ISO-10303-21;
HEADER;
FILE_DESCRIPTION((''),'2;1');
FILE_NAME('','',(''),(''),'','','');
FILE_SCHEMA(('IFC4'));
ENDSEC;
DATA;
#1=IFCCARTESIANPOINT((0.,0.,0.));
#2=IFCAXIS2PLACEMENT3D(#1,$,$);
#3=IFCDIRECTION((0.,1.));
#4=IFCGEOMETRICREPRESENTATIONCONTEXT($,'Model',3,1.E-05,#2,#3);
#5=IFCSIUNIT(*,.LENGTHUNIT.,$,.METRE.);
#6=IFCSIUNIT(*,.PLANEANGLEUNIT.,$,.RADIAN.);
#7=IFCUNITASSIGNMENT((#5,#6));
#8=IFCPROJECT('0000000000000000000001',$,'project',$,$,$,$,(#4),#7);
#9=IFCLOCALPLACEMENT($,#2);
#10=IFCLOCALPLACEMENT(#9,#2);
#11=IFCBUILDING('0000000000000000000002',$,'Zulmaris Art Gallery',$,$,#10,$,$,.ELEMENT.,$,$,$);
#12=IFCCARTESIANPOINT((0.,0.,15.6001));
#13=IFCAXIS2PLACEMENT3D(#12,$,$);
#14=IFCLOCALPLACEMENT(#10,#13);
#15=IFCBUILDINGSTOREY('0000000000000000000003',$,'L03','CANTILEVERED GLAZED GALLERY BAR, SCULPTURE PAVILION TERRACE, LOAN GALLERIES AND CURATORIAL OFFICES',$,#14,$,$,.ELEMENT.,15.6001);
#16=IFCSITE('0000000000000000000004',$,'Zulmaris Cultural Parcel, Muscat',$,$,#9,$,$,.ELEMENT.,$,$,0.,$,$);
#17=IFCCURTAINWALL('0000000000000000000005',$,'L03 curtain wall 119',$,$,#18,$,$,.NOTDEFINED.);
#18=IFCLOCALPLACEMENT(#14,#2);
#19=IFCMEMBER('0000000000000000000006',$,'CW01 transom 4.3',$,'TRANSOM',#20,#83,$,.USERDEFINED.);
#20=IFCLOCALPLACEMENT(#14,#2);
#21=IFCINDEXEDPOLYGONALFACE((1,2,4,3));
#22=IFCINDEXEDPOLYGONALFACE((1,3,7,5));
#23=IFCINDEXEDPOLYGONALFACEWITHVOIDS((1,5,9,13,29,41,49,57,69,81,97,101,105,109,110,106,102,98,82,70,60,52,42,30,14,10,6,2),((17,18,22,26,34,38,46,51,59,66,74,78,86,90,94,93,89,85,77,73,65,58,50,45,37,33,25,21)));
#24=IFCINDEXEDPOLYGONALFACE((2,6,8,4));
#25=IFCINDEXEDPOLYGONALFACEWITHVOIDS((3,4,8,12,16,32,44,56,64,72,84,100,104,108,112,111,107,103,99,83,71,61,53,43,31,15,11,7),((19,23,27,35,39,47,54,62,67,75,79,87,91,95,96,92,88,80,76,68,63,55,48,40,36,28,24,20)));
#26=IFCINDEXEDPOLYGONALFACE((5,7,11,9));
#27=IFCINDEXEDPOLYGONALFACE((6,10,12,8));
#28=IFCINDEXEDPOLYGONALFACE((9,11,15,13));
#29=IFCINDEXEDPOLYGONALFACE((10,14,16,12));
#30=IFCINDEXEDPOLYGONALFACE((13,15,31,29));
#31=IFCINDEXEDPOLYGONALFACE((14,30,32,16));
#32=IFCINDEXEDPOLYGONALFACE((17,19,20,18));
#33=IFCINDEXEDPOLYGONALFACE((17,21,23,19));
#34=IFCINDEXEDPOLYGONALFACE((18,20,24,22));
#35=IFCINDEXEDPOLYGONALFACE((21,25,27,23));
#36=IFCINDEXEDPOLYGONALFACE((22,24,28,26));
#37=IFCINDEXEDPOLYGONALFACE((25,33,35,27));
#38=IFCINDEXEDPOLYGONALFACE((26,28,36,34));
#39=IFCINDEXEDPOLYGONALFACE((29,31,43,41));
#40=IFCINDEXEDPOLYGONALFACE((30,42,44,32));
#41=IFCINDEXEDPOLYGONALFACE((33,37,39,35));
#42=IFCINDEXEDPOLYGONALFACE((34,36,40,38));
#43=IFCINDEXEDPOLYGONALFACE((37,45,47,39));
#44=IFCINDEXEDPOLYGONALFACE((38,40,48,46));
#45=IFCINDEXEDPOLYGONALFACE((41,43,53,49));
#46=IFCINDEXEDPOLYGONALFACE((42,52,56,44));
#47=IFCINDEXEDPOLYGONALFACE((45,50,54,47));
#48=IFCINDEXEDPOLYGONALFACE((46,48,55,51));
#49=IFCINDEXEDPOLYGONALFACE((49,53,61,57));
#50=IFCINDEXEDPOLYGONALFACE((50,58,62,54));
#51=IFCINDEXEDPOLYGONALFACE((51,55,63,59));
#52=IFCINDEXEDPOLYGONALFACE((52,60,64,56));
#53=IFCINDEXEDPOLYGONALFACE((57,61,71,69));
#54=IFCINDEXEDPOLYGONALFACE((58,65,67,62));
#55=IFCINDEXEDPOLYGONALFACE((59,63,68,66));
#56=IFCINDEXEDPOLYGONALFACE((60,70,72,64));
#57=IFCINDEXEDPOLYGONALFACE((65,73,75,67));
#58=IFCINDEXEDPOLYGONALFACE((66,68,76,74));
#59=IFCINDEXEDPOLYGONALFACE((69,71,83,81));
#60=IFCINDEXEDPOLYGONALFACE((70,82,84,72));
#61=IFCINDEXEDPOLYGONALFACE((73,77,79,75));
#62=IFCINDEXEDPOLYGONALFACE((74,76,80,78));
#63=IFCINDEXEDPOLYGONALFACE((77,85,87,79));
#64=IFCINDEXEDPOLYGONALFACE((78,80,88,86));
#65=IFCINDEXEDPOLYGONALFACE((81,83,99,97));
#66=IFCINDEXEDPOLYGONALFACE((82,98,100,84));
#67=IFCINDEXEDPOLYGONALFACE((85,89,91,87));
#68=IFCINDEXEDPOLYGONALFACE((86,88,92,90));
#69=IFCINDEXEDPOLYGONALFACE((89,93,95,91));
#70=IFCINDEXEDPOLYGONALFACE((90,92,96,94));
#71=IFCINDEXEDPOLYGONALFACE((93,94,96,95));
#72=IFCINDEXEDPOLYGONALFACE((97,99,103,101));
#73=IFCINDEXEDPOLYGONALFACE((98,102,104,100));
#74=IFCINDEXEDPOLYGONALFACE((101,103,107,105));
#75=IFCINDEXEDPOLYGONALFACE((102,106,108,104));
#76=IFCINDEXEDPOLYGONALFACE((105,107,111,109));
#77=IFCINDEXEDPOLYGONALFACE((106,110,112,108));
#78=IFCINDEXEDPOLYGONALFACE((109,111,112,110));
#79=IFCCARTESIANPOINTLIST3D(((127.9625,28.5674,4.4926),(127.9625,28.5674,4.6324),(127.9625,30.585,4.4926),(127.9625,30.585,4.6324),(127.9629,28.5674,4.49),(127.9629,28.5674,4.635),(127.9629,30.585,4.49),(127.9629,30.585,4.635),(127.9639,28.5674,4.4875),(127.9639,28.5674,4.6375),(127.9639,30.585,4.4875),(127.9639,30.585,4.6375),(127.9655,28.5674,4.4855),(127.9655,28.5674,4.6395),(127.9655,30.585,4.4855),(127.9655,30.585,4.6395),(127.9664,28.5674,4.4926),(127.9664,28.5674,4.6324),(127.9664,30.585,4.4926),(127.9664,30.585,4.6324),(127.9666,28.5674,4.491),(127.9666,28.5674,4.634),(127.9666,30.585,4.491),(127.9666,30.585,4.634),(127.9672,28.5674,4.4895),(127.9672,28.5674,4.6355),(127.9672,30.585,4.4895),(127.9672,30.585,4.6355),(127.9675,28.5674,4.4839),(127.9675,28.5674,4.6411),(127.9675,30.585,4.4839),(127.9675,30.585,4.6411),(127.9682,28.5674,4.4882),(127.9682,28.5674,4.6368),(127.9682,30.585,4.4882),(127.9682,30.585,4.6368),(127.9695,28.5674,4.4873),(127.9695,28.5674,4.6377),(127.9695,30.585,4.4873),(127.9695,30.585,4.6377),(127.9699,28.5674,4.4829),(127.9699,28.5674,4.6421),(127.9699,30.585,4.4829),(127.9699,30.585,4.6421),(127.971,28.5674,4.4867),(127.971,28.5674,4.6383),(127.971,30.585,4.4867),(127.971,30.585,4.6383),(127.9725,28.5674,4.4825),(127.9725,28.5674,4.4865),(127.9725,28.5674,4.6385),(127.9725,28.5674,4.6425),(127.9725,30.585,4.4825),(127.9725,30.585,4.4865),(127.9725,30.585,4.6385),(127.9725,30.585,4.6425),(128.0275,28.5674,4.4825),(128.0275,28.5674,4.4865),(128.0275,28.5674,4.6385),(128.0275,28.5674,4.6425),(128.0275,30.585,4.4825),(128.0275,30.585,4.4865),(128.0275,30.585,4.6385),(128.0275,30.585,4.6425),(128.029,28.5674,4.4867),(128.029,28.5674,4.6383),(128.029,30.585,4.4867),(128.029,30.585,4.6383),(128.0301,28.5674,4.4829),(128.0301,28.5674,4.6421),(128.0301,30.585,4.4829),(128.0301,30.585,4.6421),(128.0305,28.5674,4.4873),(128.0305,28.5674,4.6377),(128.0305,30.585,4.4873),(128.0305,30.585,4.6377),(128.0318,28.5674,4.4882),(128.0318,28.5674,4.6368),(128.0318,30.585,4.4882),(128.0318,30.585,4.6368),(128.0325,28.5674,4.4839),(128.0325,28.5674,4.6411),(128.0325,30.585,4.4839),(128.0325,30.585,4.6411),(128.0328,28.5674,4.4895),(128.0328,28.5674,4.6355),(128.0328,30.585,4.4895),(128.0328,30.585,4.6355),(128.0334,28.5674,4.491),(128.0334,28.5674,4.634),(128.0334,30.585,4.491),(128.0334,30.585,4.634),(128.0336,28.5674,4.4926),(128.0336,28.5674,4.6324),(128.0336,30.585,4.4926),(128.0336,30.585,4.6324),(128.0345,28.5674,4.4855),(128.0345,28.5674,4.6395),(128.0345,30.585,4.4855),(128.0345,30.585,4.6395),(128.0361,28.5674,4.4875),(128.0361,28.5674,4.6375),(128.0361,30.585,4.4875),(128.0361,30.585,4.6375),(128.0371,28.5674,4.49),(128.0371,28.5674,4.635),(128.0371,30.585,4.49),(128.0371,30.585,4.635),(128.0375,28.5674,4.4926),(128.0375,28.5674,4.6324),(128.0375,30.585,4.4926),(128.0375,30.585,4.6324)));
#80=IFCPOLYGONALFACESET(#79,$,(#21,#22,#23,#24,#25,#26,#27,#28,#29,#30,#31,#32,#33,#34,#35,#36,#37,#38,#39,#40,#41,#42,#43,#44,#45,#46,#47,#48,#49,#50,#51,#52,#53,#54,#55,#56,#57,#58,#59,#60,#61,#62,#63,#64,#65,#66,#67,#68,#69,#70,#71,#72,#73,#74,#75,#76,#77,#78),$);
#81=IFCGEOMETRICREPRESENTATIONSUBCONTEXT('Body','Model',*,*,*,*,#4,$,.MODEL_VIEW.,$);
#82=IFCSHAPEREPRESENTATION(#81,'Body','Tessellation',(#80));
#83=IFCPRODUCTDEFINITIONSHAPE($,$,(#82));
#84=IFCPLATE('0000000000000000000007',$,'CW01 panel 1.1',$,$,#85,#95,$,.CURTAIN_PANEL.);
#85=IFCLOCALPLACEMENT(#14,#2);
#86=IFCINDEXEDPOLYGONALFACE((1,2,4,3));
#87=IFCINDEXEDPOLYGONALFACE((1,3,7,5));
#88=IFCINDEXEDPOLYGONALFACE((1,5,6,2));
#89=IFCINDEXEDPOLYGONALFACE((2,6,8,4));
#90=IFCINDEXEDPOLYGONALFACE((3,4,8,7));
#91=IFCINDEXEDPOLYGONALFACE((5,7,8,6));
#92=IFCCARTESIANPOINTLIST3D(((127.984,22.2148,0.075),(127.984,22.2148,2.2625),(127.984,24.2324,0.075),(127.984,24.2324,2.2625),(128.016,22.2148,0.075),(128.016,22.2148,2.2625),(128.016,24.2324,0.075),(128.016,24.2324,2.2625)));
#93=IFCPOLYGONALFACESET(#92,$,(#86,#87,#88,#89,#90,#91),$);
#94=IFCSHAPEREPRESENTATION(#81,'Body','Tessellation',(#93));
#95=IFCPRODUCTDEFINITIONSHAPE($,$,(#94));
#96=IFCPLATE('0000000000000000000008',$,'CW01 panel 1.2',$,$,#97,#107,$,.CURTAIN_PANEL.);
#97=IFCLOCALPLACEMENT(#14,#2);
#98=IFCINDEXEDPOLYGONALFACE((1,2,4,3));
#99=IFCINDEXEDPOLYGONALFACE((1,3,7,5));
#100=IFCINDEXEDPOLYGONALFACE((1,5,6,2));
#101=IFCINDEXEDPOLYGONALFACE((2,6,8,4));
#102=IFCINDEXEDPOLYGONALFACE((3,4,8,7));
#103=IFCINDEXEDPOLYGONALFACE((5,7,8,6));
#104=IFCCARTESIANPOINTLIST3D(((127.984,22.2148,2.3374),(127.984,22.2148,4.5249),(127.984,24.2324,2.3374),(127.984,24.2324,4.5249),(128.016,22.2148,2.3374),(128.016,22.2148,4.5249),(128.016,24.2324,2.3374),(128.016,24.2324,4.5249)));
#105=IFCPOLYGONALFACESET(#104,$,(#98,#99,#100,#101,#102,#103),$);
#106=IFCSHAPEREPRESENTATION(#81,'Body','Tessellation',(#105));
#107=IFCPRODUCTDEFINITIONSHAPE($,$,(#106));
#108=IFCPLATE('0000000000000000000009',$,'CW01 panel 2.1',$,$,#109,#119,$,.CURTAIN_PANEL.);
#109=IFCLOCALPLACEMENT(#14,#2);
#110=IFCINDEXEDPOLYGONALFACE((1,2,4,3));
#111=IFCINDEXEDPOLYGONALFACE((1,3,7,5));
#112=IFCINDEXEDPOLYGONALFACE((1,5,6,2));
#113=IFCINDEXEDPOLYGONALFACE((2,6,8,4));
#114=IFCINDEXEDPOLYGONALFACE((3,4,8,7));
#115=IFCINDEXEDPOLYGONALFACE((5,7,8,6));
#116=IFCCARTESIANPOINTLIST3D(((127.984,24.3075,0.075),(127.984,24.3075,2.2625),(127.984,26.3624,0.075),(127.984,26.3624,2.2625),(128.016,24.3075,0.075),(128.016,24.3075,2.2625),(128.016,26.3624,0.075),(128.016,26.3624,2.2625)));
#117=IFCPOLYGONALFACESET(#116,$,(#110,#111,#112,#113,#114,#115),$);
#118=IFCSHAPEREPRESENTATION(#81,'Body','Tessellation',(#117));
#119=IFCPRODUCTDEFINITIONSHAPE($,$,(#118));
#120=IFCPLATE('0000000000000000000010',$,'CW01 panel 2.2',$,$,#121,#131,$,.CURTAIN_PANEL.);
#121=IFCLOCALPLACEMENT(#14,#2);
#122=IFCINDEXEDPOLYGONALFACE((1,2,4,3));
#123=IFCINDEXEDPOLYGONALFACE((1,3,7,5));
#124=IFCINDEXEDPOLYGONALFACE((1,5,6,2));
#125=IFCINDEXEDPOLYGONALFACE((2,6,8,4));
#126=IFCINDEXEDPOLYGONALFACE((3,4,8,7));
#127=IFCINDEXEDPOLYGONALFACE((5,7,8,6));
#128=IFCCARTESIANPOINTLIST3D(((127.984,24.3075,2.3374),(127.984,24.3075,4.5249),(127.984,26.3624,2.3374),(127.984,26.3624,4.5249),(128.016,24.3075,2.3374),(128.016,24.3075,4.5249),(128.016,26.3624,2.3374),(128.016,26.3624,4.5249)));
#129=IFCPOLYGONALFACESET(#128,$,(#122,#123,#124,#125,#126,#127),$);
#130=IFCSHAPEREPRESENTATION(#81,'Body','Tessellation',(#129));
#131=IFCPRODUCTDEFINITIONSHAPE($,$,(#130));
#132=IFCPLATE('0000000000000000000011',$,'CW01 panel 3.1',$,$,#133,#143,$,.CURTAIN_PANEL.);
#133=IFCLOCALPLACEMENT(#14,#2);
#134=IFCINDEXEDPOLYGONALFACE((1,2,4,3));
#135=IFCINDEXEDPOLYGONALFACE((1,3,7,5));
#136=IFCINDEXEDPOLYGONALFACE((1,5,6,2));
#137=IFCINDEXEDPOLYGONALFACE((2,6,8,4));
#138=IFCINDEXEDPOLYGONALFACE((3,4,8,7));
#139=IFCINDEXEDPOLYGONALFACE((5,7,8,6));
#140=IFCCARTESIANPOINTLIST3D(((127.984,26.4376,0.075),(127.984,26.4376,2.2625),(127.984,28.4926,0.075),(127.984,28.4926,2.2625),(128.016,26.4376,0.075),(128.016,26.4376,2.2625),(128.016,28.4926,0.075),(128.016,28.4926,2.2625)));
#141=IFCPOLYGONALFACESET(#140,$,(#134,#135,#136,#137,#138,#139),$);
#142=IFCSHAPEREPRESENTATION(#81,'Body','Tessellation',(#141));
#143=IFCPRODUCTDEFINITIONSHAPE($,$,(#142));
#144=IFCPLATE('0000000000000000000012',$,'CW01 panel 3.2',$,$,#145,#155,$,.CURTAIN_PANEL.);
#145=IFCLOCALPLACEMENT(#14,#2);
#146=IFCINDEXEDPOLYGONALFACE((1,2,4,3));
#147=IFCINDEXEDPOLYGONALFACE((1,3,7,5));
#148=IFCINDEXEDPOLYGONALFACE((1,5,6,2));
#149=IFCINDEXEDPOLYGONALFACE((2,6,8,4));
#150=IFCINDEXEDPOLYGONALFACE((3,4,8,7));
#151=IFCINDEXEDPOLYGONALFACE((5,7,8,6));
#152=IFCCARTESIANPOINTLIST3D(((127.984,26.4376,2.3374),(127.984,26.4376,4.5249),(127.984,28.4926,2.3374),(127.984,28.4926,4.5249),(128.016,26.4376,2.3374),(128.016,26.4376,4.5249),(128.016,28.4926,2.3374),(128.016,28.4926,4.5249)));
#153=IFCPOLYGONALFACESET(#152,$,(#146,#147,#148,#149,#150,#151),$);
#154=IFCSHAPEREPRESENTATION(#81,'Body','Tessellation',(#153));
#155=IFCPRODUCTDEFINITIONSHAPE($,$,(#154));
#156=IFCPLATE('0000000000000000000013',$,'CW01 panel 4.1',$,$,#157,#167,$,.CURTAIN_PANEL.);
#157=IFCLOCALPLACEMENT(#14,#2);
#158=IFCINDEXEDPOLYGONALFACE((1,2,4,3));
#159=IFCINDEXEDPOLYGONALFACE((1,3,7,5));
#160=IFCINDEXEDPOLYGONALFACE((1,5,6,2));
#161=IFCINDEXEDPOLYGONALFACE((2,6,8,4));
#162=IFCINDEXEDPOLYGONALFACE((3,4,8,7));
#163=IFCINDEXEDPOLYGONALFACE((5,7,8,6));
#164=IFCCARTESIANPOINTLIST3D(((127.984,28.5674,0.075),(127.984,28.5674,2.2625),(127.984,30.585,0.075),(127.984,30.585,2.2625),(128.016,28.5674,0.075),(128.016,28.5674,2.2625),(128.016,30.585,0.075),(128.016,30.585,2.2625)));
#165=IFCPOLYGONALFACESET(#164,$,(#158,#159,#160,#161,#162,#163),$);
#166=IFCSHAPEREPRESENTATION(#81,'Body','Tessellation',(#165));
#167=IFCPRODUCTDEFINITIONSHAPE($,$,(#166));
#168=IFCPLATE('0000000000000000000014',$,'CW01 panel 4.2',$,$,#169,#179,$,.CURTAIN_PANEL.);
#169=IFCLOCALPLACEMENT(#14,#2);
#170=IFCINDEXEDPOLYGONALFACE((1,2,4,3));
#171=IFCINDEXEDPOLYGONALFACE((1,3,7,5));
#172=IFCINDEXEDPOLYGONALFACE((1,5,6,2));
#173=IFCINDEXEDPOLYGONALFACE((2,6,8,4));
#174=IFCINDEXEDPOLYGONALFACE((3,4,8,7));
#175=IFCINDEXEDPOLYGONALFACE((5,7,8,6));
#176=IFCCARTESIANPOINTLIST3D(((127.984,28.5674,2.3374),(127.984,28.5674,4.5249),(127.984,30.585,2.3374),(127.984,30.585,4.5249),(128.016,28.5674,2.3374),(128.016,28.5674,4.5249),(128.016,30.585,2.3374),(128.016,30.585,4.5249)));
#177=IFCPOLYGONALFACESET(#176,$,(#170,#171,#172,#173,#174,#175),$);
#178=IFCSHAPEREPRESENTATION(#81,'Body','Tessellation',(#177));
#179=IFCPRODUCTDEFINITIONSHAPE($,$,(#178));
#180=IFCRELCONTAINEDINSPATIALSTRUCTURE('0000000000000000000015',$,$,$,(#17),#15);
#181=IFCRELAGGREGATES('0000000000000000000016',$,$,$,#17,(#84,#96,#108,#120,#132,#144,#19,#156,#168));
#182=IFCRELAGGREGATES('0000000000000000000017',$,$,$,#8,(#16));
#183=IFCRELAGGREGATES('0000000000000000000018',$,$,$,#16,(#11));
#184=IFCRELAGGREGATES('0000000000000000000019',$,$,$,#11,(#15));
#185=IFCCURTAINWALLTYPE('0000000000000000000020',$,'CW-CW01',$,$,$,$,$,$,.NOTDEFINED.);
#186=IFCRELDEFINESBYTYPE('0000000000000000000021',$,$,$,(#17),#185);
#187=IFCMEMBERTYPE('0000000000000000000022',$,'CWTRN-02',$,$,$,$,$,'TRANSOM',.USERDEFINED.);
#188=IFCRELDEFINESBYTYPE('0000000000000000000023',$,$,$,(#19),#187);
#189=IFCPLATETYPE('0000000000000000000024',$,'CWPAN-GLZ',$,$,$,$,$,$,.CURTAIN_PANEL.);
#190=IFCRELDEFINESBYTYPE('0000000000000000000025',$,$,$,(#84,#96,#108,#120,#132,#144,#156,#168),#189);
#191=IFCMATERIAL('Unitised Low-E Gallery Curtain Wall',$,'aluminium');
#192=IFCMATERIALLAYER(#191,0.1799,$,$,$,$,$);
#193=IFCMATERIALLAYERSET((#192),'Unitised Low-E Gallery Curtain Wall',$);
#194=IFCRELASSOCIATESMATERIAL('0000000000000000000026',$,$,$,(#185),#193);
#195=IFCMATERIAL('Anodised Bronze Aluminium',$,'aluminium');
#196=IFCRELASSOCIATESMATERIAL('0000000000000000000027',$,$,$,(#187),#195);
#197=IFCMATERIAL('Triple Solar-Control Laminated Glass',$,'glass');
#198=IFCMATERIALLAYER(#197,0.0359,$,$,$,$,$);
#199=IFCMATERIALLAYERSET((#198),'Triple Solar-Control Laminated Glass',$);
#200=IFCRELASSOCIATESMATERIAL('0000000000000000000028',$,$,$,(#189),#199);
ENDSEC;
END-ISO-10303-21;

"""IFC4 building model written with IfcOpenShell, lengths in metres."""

from ifc_helpers import new_model, si_unit, direction, frame, origin, origin_2d, place, context, subcontext, project, spatial, rectangle, hollow_rectangle, extrude, material, layer, layer_set, material_profile, profile_set, type_object, element, aggregate, save


model = new_model("IFC4")

# Units and contexts
model_context = context("Model", 3, precision=1e-05, world=origin(), true_north=direction((0.0, 1.0)))
body_context = subcontext(model_context, "Body", "Model", "MODEL_VIEW")
ifc_project = project(units=[si_unit("LENGTHUNIT", "METRE"), si_unit("PLANEANGLEUNIT", "RADIAN")], contexts=[model_context])

# Site, building, storey
site_placement = place(None, origin())
site = spatial("IfcSite", under=ifc_project, at=site_placement, Name="Zulmaris Cultural Parcel, Muscat", CompositionType="ELEMENT", RefElevation=0.0)
building_placement = place(site_placement, origin())
building = spatial("IfcBuilding", under=site, at=building_placement, Name="Zulmaris Art Gallery", CompositionType="ELEMENT")
storey_placement = place(building_placement, frame((0.0, 0.0, 15.6001)))
storey = spatial("IfcBuildingStorey", under=building, at=storey_placement, Name="L03", Description="CANTILEVERED GLAZED GALLERY BAR, SCULPTURE PAVILION TERRACE, LOAN GALLERIES AND CURATORIAL OFFICES", CompositionType="ELEMENT", Elevation=15.6001)

# Curtain wall, member, plates
ifc_material_1 = material(Name="Unitised Low-E Gallery Curtain Wall", Category="aluminium")
ifc_layer_1 = layer(ifc_material_1, 0.1799)
ifc_layer_set_1 = layer_set([ifc_layer_1], Name="Unitised Low-E Gallery Curtain Wall")
curtain_wall_type = type_object("IfcCurtainWallType", Name="CW-CW01", PredefinedType="NOTDEFINED", material=ifc_layer_set_1)
curtain_wall_placement = place(storey_placement, origin())
curtain_wall = element("IfcCurtainWall", 1, at=curtain_wall_placement, inside=storey, type_object=curtain_wall_type, Name="L03 curtain wall 119", PredefinedType="NOTDEFINED")
ifc_material_2 = material(Name="Anodised Bronze Aluminium", Category="aluminium")
ifc_material_profile_1 = material_profile(ifc_material_2, hollow_rectangle(XDim=0.075, YDim=0.1599, WallThickness=0.0039, InnerFilletRadius=0.0061, OuterFilletRadius=0.01, at=origin_2d()), Name="ALU 75x160x4")
ifc_profile_set_1 = profile_set([ifc_material_profile_1], Name="Anodised Bronze Aluminium")
member_type_1 = type_object("IfcMemberType", Name="CWTRN-02", ElementType="TRANSOM", PredefinedType="USERDEFINED", material=ifc_profile_set_1)
member_1_placement = place(storey_placement, frame((128.0, 28.5674, 4.5625), z_axis=(0.0, 1.0, 0.0), x_axis=(-1.0, 0.0, 0.0)))
member_1 = element("IfcMember", 2, at=member_1_placement, type_object=member_type_1, Name="CW01 transom 4.3", ObjectType="TRANSOM", PredefinedType="USERDEFINED", context=body_context, shape_type="SweptSolid", body=[
    extrude(hollow_rectangle(XDim=0.075, YDim=0.1599, WallThickness=0.0039, InnerFilletRadius=0.0061, OuterFilletRadius=0.01, at=origin_2d()), origin(), (0.0, 0.0, 1.0), 2.0176),
])
ifc_material_3 = material(Name="Triple Solar-Control Laminated Glass", Category="glass")
ifc_layer_2 = layer(ifc_material_3, 0.0359)
ifc_layer_set_2 = layer_set([ifc_layer_2], Name="Triple Solar-Control Laminated Glass")
plate_type = type_object("IfcPlateType", Name="CWPAN-GLZ", PredefinedType="CURTAIN_PANEL", material=ifc_layer_set_2)
plate_1_placement = place(storey_placement, frame((128.0, 23.2236, 0.075), z_axis=(0.0, 0.0, 1.0), x_axis=(0.0, 1.0, 0.0)))
plate_1 = element("IfcPlate", 3, at=plate_1_placement, type_object=plate_type, Name="CW01 panel 1.1", PredefinedType="CURTAIN_PANEL", context=body_context, shape_type="SweptSolid", body=[
    extrude(rectangle(XDim=2.0176, YDim=0.032, at=origin_2d()), origin(), (0.0, 0.0, 1.0), 2.1875),
])
plate_2_placement = place(storey_placement, frame((128.0, 23.2236, 2.3374), z_axis=(0.0, 0.0, 1.0), x_axis=(0.0, 1.0, 0.0)))
plate_2 = element("IfcPlate", 4, at=plate_2_placement, type_object=plate_type, Name="CW01 panel 1.2", PredefinedType="CURTAIN_PANEL", context=body_context, shape_type="SweptSolid", body=[
    extrude(rectangle(XDim=2.0176, YDim=0.032, at=origin_2d()), origin(), (0.0, 0.0, 1.0), 2.1875),
])
plate_3_placement = place(storey_placement, frame((128.0, 25.335, 0.075), z_axis=(0.0, 0.0, 1.0), x_axis=(0.0, 1.0, 0.0)))
plate_3 = element("IfcPlate", 5, at=plate_3_placement, type_object=plate_type, Name="CW01 panel 2.1", PredefinedType="CURTAIN_PANEL", context=body_context, shape_type="SweptSolid", body=[
    extrude(rectangle(XDim=2.0549, YDim=0.032, at=origin_2d()), origin(), (0.0, 0.0, 1.0), 2.1875),
])
plate_4_placement = place(storey_placement, frame((128.0, 25.335, 2.3374), z_axis=(0.0, 0.0, 1.0), x_axis=(0.0, 1.0, 0.0)))
plate_4 = element("IfcPlate", 6, at=plate_4_placement, type_object=plate_type, Name="CW01 panel 2.2", PredefinedType="CURTAIN_PANEL", context=body_context, shape_type="SweptSolid", body=[
    extrude(rectangle(XDim=2.0549, YDim=0.032, at=origin_2d()), origin(), (0.0, 0.0, 1.0), 2.1875),
])
plate_5_placement = place(storey_placement, frame((128.0, 27.4651, 0.075), z_axis=(0.0, 0.0, 1.0), x_axis=(0.0, 1.0, 0.0)))
plate_5 = element("IfcPlate", 7, at=plate_5_placement, type_object=plate_type, Name="CW01 panel 3.1", PredefinedType="CURTAIN_PANEL", context=body_context, shape_type="SweptSolid", body=[
    extrude(rectangle(XDim=2.0549, YDim=0.032, at=origin_2d()), origin(), (0.0, 0.0, 1.0), 2.1875),
])
plate_6_placement = place(storey_placement, frame((128.0, 27.4651, 2.3374), z_axis=(0.0, 0.0, 1.0), x_axis=(0.0, 1.0, 0.0)))
plate_6 = element("IfcPlate", 8, at=plate_6_placement, type_object=plate_type, Name="CW01 panel 3.2", PredefinedType="CURTAIN_PANEL", context=body_context, shape_type="SweptSolid", body=[
    extrude(rectangle(XDim=2.0549, YDim=0.032, at=origin_2d()), origin(), (0.0, 0.0, 1.0), 2.1875),
])
plate_7_placement = place(storey_placement, frame((128.0, 29.5762, 0.075), z_axis=(0.0, 0.0, 1.0), x_axis=(0.0, 1.0, 0.0)))
plate_7 = element("IfcPlate", 9, at=plate_7_placement, type_object=plate_type, Name="CW01 panel 4.1", PredefinedType="CURTAIN_PANEL", context=body_context, shape_type="SweptSolid", body=[
    extrude(rectangle(XDim=2.0176, YDim=0.032, at=origin_2d()), origin(), (0.0, 0.0, 1.0), 2.1875),
])
plate_8_placement = place(storey_placement, frame((128.0, 29.5762, 2.3374), z_axis=(0.0, 0.0, 1.0), x_axis=(0.0, 1.0, 0.0)))
plate_8 = element("IfcPlate", 10, at=plate_8_placement, type_object=plate_type, Name="CW01 panel 4.2", PredefinedType="CURTAIN_PANEL", context=body_context, shape_type="SweptSolid", body=[
    extrude(rectangle(XDim=2.0176, YDim=0.032, at=origin_2d()), origin(), (0.0, 0.0, 1.0), 2.1875),
])
aggregate(curtain_wall, [plate_1, plate_2, plate_3, plate_4, plate_5, plate_6, member_1, plate_7, plate_8])

save(model, "model.ifc")
